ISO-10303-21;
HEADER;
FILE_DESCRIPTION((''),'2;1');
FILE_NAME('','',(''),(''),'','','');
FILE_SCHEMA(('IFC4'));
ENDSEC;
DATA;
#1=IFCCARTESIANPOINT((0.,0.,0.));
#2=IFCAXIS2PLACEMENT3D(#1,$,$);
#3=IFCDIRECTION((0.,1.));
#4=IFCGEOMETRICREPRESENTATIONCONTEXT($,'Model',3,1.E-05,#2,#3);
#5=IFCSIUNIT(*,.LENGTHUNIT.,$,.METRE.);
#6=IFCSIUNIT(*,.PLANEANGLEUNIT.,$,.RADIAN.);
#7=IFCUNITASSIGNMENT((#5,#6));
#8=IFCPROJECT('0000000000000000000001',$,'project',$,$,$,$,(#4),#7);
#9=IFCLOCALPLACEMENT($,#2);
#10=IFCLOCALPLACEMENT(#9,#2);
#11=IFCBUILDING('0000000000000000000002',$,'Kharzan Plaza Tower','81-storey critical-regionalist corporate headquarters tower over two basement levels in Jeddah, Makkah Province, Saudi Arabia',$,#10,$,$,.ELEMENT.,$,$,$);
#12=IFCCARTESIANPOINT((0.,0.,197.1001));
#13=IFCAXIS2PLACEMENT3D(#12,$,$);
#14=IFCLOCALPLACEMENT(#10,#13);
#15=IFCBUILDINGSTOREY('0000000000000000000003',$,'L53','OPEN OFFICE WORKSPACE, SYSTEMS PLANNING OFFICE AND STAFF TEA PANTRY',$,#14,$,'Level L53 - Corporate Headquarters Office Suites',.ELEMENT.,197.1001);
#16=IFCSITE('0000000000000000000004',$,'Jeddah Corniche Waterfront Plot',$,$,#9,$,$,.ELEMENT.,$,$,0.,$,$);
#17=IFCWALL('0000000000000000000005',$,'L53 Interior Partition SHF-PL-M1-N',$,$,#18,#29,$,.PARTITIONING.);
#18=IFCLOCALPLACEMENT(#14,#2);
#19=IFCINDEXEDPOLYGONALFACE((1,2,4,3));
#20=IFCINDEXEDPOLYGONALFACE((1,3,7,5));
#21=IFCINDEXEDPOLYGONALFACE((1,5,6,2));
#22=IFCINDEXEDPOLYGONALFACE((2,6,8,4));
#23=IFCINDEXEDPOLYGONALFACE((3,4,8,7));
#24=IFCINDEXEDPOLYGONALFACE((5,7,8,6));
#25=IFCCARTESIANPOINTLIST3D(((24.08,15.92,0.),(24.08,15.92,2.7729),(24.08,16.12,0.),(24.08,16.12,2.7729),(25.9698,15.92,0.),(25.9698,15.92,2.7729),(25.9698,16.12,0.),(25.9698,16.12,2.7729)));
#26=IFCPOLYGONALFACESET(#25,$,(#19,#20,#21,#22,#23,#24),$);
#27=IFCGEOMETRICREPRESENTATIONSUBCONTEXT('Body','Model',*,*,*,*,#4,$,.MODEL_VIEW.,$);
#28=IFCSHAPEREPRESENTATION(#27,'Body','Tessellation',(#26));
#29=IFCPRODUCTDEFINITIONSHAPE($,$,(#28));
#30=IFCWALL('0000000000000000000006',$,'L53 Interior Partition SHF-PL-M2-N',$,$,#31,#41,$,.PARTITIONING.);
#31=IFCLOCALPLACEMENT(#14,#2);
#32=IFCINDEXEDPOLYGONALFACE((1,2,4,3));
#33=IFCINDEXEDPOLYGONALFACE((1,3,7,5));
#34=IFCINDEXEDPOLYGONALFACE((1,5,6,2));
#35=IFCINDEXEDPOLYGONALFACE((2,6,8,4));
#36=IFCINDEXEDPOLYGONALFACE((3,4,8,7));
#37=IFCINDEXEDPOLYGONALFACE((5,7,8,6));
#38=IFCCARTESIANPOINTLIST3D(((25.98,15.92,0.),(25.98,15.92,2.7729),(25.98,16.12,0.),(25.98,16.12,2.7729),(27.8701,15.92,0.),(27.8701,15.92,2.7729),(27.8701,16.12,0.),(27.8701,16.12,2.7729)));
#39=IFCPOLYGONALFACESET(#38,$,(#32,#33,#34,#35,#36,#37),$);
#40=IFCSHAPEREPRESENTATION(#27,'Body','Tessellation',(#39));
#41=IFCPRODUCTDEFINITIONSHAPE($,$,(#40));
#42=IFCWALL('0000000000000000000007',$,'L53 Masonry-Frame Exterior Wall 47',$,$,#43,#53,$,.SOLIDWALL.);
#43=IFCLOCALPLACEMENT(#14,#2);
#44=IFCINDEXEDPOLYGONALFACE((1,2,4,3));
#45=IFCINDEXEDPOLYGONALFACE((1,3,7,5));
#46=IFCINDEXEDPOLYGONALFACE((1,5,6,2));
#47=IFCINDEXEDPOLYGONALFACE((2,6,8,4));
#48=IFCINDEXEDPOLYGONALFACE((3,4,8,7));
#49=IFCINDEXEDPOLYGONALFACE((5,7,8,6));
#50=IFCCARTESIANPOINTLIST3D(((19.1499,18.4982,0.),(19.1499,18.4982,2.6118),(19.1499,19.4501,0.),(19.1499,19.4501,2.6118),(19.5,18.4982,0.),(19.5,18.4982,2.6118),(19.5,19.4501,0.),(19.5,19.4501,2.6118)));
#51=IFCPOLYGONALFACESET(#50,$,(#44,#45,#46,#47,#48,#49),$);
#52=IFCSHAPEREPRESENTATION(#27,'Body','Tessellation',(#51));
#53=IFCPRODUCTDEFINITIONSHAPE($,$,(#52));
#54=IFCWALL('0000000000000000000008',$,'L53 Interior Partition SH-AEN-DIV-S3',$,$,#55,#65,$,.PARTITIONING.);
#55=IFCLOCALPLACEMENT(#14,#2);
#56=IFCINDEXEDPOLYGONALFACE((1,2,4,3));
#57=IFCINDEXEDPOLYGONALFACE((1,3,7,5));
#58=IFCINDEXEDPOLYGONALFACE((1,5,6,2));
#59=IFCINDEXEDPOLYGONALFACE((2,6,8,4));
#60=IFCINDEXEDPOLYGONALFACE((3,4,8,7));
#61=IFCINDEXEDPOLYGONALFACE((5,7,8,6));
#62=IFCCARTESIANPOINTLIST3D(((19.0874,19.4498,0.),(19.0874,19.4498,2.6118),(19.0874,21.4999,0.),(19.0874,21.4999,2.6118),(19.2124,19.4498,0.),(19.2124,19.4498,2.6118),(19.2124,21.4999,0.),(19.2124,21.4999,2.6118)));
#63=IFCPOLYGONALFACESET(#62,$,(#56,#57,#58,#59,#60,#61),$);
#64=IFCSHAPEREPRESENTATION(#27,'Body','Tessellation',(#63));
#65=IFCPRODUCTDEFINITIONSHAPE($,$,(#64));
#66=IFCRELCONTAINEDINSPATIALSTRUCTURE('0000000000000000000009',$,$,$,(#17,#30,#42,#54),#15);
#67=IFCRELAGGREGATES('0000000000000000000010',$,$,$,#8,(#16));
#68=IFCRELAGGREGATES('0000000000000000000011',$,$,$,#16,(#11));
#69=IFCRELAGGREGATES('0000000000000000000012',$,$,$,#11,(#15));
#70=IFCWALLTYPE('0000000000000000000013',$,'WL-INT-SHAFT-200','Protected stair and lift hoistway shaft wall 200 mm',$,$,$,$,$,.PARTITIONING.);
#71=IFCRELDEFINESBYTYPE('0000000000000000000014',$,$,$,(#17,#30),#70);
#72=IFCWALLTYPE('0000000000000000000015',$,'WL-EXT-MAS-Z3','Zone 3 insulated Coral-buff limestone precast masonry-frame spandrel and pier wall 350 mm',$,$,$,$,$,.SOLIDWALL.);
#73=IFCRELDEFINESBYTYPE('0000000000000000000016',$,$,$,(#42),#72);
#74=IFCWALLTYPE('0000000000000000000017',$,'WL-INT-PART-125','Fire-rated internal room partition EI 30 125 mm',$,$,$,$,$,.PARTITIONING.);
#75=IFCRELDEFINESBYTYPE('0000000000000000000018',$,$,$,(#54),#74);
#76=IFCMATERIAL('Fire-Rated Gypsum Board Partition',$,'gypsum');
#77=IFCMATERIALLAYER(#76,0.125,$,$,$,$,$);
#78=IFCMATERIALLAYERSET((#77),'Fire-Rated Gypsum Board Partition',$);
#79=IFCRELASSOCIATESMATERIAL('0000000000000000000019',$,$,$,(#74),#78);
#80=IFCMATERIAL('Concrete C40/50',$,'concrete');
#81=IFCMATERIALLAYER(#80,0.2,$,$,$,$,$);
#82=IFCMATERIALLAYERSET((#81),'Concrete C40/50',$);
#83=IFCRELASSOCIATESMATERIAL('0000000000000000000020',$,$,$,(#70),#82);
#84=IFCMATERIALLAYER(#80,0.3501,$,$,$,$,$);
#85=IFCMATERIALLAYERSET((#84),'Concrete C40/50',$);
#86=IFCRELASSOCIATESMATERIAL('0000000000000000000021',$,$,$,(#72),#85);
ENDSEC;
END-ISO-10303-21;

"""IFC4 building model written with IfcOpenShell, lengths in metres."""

from ifc_helpers import new_model, si_unit, direction, frame, frame_2d, origin, place, context, subcontext, project, spatial, rectangle, extrude, source, transform, mapped, material, layer, layer_set, type_object, element, save


model = new_model("IFC4")

# Units and contexts
model_context = context("Model", 3, precision=1e-05, world=origin(), true_north=direction((0.0, 1.0)))
body_context = subcontext(model_context, "Body", "Model", "MODEL_VIEW")
ifc_project = project(units=[si_unit("LENGTHUNIT", "METRE"), si_unit("PLANEANGLEUNIT", "RADIAN")], contexts=[model_context])

# Site, building, storey
site_placement = place(None, origin())
site = spatial("IfcSite", under=ifc_project, at=site_placement, Name="Jeddah Corniche Waterfront Plot", CompositionType="ELEMENT", RefElevation=0.0)
building_placement = place(site_placement, origin())
building = spatial("IfcBuilding", under=site, at=building_placement, Name="Kharzan Plaza Tower", Description="81-storey critical-regionalist corporate headquarters tower over two basement levels in Jeddah, Makkah Province, Saudi Arabia", CompositionType="ELEMENT")
storey_placement = place(building_placement, frame((0.0, 0.0, 197.1001)))
storey = spatial("IfcBuildingStorey", under=building, at=storey_placement, Name="L53", Description="OPEN OFFICE WORKSPACE, SYSTEMS PLANNING OFFICE AND STAFF TEA PANTRY", LongName="Level L53 - Corporate Headquarters Office Suites", CompositionType="ELEMENT", Elevation=197.1001)

# Shared definitions
ifc_material_1 = material(Name="Fire-Rated Gypsum Board Partition", Category="gypsum")
ifc_layer_1 = layer(ifc_material_1, 0.125)
ifc_layer_set_1 = layer_set([ifc_layer_1], Name="Fire-Rated Gypsum Board Partition")
wall_type_1 = type_object("IfcWallType", Name="WL-INT-PART-125", Description="Fire-rated internal room partition EI 30 125 mm", PredefinedType="PARTITIONING", material=ifc_layer_set_1)
ifc_material_2 = material(Name="Concrete C40/50", Category="concrete")
ifc_layer_2 = layer(ifc_material_2, 0.2)
ifc_layer_set_2 = layer_set([ifc_layer_2], Name="Concrete C40/50")
wall_type_2 = type_object("IfcWallType", Name="WL-INT-SHAFT-200", Description="Protected stair and lift hoistway shaft wall 200 mm", PredefinedType="PARTITIONING", material=ifc_layer_set_2)

# Walls
shared_shape_1 = source(origin(), body_context, "Body", "SweptSolid", [
    extrude(rectangle(XDim=1.8899, YDim=0.2, at=frame_2d((0.9448, 0.0))), origin(), (0.0, 0.0, 1.0), 2.7729),
])
wall_1_placement = place(storey_placement, frame((24.0801, 16.02, 0.0), z_axis=(0.0, 0.0, 1.0), x_axis=(1.0, 0.0, 0.0)))
element("IfcWall", 1, at=wall_1_placement, inside=storey, type_object=wall_type_2, Name="L53 Interior Partition SHF-PL-M1-N", PredefinedType="PARTITIONING", context=body_context, shape_type="MappedRepresentation", body=[
    mapped(shared_shape_1, transform((0.0, 0.0, 0.0), x_axis=(1.0, 0.0, 0.0), y_axis=(0.0, 1.0, 0.0), z_axis=(0.0, 0.0, 1.0))),
])
shared_shape_2 = source(origin(), body_context, "Body", "SweptSolid", [
    extrude(rectangle(XDim=1.8901, YDim=0.2, at=frame_2d((0.9451, 0.0))), origin(), (0.0, 0.0, 1.0), 2.7729),
])
wall_2_placement = place(storey_placement, frame((25.98, 16.02, 0.0), z_axis=(0.0, 0.0, 1.0), x_axis=(1.0, 0.0, 0.0)))
element("IfcWall", 2, at=wall_2_placement, inside=storey, type_object=wall_type_2, Name="L53 Interior Partition SHF-PL-M2-N", PredefinedType="PARTITIONING", context=body_context, shape_type="MappedRepresentation", body=[
    mapped(shared_shape_2, transform((0.0, 0.0, 0.0), x_axis=(1.0, 0.0, 0.0), y_axis=(0.0, 1.0, 0.0), z_axis=(0.0, 0.0, 1.0))),
])
ifc_layer_3 = layer(ifc_material_2, 0.3501)
ifc_layer_set_3 = layer_set([ifc_layer_3], Name="Concrete C40/50")
wall_type_3 = type_object("IfcWallType", Name="WL-EXT-MAS-Z3", Description="Zone 3 insulated Coral-buff limestone precast masonry-frame spandrel and pier wall 350 mm", PredefinedType="SOLIDWALL", material=ifc_layer_set_3)
shared_shape_3 = source(origin(), body_context, "Body", "SweptSolid", [
    extrude(rectangle(XDim=0.9519, YDim=0.3501, at=frame_2d((0.4761, 0.0))), origin(), (0.0, 0.0, 1.0), 2.6118),
])
wall_3_placement = place(storey_placement, frame((19.325, 18.498, 0.0), z_axis=(0.0, 0.0, 1.0), x_axis=(0.0, 1.0, 0.0)))
element("IfcWall", 3, at=wall_3_placement, inside=storey, type_object=wall_type_3, Name="L53 Masonry-Frame Exterior Wall 47", PredefinedType="SOLIDWALL", context=body_context, shape_type="MappedRepresentation", body=[
    mapped(shared_shape_3, transform((0.0, 0.0, 0.0), x_axis=(1.0, 0.0, 0.0), y_axis=(0.0, 1.0, 0.0), z_axis=(0.0, 0.0, 1.0))),
])
shared_shape_4 = source(origin(), body_context, "Body", "SweptSolid", [
    extrude(rectangle(XDim=2.05, YDim=0.125, at=frame_2d((1.0249, 0.0))), origin(), (0.0, 0.0, 1.0), 2.6118),
])
wall_4_placement = place(storey_placement, frame((19.1499, 19.45, 0.0), z_axis=(0.0, 0.0, 1.0), x_axis=(0.0, 1.0, 0.0)))
element("IfcWall", 4, at=wall_4_placement, inside=storey, type_object=wall_type_1, Name="L53 Interior Partition SH-AEN-DIV-S3", PredefinedType="PARTITIONING", context=body_context, shape_type="MappedRepresentation", body=[
    mapped(shared_shape_4, transform((0.0, 0.0, 0.0), x_axis=(1.0, 0.0, 0.0), y_axis=(0.0, 1.0, 0.0), z_axis=(0.0, 0.0, 1.0))),
])

save(model, "model.ifc")
